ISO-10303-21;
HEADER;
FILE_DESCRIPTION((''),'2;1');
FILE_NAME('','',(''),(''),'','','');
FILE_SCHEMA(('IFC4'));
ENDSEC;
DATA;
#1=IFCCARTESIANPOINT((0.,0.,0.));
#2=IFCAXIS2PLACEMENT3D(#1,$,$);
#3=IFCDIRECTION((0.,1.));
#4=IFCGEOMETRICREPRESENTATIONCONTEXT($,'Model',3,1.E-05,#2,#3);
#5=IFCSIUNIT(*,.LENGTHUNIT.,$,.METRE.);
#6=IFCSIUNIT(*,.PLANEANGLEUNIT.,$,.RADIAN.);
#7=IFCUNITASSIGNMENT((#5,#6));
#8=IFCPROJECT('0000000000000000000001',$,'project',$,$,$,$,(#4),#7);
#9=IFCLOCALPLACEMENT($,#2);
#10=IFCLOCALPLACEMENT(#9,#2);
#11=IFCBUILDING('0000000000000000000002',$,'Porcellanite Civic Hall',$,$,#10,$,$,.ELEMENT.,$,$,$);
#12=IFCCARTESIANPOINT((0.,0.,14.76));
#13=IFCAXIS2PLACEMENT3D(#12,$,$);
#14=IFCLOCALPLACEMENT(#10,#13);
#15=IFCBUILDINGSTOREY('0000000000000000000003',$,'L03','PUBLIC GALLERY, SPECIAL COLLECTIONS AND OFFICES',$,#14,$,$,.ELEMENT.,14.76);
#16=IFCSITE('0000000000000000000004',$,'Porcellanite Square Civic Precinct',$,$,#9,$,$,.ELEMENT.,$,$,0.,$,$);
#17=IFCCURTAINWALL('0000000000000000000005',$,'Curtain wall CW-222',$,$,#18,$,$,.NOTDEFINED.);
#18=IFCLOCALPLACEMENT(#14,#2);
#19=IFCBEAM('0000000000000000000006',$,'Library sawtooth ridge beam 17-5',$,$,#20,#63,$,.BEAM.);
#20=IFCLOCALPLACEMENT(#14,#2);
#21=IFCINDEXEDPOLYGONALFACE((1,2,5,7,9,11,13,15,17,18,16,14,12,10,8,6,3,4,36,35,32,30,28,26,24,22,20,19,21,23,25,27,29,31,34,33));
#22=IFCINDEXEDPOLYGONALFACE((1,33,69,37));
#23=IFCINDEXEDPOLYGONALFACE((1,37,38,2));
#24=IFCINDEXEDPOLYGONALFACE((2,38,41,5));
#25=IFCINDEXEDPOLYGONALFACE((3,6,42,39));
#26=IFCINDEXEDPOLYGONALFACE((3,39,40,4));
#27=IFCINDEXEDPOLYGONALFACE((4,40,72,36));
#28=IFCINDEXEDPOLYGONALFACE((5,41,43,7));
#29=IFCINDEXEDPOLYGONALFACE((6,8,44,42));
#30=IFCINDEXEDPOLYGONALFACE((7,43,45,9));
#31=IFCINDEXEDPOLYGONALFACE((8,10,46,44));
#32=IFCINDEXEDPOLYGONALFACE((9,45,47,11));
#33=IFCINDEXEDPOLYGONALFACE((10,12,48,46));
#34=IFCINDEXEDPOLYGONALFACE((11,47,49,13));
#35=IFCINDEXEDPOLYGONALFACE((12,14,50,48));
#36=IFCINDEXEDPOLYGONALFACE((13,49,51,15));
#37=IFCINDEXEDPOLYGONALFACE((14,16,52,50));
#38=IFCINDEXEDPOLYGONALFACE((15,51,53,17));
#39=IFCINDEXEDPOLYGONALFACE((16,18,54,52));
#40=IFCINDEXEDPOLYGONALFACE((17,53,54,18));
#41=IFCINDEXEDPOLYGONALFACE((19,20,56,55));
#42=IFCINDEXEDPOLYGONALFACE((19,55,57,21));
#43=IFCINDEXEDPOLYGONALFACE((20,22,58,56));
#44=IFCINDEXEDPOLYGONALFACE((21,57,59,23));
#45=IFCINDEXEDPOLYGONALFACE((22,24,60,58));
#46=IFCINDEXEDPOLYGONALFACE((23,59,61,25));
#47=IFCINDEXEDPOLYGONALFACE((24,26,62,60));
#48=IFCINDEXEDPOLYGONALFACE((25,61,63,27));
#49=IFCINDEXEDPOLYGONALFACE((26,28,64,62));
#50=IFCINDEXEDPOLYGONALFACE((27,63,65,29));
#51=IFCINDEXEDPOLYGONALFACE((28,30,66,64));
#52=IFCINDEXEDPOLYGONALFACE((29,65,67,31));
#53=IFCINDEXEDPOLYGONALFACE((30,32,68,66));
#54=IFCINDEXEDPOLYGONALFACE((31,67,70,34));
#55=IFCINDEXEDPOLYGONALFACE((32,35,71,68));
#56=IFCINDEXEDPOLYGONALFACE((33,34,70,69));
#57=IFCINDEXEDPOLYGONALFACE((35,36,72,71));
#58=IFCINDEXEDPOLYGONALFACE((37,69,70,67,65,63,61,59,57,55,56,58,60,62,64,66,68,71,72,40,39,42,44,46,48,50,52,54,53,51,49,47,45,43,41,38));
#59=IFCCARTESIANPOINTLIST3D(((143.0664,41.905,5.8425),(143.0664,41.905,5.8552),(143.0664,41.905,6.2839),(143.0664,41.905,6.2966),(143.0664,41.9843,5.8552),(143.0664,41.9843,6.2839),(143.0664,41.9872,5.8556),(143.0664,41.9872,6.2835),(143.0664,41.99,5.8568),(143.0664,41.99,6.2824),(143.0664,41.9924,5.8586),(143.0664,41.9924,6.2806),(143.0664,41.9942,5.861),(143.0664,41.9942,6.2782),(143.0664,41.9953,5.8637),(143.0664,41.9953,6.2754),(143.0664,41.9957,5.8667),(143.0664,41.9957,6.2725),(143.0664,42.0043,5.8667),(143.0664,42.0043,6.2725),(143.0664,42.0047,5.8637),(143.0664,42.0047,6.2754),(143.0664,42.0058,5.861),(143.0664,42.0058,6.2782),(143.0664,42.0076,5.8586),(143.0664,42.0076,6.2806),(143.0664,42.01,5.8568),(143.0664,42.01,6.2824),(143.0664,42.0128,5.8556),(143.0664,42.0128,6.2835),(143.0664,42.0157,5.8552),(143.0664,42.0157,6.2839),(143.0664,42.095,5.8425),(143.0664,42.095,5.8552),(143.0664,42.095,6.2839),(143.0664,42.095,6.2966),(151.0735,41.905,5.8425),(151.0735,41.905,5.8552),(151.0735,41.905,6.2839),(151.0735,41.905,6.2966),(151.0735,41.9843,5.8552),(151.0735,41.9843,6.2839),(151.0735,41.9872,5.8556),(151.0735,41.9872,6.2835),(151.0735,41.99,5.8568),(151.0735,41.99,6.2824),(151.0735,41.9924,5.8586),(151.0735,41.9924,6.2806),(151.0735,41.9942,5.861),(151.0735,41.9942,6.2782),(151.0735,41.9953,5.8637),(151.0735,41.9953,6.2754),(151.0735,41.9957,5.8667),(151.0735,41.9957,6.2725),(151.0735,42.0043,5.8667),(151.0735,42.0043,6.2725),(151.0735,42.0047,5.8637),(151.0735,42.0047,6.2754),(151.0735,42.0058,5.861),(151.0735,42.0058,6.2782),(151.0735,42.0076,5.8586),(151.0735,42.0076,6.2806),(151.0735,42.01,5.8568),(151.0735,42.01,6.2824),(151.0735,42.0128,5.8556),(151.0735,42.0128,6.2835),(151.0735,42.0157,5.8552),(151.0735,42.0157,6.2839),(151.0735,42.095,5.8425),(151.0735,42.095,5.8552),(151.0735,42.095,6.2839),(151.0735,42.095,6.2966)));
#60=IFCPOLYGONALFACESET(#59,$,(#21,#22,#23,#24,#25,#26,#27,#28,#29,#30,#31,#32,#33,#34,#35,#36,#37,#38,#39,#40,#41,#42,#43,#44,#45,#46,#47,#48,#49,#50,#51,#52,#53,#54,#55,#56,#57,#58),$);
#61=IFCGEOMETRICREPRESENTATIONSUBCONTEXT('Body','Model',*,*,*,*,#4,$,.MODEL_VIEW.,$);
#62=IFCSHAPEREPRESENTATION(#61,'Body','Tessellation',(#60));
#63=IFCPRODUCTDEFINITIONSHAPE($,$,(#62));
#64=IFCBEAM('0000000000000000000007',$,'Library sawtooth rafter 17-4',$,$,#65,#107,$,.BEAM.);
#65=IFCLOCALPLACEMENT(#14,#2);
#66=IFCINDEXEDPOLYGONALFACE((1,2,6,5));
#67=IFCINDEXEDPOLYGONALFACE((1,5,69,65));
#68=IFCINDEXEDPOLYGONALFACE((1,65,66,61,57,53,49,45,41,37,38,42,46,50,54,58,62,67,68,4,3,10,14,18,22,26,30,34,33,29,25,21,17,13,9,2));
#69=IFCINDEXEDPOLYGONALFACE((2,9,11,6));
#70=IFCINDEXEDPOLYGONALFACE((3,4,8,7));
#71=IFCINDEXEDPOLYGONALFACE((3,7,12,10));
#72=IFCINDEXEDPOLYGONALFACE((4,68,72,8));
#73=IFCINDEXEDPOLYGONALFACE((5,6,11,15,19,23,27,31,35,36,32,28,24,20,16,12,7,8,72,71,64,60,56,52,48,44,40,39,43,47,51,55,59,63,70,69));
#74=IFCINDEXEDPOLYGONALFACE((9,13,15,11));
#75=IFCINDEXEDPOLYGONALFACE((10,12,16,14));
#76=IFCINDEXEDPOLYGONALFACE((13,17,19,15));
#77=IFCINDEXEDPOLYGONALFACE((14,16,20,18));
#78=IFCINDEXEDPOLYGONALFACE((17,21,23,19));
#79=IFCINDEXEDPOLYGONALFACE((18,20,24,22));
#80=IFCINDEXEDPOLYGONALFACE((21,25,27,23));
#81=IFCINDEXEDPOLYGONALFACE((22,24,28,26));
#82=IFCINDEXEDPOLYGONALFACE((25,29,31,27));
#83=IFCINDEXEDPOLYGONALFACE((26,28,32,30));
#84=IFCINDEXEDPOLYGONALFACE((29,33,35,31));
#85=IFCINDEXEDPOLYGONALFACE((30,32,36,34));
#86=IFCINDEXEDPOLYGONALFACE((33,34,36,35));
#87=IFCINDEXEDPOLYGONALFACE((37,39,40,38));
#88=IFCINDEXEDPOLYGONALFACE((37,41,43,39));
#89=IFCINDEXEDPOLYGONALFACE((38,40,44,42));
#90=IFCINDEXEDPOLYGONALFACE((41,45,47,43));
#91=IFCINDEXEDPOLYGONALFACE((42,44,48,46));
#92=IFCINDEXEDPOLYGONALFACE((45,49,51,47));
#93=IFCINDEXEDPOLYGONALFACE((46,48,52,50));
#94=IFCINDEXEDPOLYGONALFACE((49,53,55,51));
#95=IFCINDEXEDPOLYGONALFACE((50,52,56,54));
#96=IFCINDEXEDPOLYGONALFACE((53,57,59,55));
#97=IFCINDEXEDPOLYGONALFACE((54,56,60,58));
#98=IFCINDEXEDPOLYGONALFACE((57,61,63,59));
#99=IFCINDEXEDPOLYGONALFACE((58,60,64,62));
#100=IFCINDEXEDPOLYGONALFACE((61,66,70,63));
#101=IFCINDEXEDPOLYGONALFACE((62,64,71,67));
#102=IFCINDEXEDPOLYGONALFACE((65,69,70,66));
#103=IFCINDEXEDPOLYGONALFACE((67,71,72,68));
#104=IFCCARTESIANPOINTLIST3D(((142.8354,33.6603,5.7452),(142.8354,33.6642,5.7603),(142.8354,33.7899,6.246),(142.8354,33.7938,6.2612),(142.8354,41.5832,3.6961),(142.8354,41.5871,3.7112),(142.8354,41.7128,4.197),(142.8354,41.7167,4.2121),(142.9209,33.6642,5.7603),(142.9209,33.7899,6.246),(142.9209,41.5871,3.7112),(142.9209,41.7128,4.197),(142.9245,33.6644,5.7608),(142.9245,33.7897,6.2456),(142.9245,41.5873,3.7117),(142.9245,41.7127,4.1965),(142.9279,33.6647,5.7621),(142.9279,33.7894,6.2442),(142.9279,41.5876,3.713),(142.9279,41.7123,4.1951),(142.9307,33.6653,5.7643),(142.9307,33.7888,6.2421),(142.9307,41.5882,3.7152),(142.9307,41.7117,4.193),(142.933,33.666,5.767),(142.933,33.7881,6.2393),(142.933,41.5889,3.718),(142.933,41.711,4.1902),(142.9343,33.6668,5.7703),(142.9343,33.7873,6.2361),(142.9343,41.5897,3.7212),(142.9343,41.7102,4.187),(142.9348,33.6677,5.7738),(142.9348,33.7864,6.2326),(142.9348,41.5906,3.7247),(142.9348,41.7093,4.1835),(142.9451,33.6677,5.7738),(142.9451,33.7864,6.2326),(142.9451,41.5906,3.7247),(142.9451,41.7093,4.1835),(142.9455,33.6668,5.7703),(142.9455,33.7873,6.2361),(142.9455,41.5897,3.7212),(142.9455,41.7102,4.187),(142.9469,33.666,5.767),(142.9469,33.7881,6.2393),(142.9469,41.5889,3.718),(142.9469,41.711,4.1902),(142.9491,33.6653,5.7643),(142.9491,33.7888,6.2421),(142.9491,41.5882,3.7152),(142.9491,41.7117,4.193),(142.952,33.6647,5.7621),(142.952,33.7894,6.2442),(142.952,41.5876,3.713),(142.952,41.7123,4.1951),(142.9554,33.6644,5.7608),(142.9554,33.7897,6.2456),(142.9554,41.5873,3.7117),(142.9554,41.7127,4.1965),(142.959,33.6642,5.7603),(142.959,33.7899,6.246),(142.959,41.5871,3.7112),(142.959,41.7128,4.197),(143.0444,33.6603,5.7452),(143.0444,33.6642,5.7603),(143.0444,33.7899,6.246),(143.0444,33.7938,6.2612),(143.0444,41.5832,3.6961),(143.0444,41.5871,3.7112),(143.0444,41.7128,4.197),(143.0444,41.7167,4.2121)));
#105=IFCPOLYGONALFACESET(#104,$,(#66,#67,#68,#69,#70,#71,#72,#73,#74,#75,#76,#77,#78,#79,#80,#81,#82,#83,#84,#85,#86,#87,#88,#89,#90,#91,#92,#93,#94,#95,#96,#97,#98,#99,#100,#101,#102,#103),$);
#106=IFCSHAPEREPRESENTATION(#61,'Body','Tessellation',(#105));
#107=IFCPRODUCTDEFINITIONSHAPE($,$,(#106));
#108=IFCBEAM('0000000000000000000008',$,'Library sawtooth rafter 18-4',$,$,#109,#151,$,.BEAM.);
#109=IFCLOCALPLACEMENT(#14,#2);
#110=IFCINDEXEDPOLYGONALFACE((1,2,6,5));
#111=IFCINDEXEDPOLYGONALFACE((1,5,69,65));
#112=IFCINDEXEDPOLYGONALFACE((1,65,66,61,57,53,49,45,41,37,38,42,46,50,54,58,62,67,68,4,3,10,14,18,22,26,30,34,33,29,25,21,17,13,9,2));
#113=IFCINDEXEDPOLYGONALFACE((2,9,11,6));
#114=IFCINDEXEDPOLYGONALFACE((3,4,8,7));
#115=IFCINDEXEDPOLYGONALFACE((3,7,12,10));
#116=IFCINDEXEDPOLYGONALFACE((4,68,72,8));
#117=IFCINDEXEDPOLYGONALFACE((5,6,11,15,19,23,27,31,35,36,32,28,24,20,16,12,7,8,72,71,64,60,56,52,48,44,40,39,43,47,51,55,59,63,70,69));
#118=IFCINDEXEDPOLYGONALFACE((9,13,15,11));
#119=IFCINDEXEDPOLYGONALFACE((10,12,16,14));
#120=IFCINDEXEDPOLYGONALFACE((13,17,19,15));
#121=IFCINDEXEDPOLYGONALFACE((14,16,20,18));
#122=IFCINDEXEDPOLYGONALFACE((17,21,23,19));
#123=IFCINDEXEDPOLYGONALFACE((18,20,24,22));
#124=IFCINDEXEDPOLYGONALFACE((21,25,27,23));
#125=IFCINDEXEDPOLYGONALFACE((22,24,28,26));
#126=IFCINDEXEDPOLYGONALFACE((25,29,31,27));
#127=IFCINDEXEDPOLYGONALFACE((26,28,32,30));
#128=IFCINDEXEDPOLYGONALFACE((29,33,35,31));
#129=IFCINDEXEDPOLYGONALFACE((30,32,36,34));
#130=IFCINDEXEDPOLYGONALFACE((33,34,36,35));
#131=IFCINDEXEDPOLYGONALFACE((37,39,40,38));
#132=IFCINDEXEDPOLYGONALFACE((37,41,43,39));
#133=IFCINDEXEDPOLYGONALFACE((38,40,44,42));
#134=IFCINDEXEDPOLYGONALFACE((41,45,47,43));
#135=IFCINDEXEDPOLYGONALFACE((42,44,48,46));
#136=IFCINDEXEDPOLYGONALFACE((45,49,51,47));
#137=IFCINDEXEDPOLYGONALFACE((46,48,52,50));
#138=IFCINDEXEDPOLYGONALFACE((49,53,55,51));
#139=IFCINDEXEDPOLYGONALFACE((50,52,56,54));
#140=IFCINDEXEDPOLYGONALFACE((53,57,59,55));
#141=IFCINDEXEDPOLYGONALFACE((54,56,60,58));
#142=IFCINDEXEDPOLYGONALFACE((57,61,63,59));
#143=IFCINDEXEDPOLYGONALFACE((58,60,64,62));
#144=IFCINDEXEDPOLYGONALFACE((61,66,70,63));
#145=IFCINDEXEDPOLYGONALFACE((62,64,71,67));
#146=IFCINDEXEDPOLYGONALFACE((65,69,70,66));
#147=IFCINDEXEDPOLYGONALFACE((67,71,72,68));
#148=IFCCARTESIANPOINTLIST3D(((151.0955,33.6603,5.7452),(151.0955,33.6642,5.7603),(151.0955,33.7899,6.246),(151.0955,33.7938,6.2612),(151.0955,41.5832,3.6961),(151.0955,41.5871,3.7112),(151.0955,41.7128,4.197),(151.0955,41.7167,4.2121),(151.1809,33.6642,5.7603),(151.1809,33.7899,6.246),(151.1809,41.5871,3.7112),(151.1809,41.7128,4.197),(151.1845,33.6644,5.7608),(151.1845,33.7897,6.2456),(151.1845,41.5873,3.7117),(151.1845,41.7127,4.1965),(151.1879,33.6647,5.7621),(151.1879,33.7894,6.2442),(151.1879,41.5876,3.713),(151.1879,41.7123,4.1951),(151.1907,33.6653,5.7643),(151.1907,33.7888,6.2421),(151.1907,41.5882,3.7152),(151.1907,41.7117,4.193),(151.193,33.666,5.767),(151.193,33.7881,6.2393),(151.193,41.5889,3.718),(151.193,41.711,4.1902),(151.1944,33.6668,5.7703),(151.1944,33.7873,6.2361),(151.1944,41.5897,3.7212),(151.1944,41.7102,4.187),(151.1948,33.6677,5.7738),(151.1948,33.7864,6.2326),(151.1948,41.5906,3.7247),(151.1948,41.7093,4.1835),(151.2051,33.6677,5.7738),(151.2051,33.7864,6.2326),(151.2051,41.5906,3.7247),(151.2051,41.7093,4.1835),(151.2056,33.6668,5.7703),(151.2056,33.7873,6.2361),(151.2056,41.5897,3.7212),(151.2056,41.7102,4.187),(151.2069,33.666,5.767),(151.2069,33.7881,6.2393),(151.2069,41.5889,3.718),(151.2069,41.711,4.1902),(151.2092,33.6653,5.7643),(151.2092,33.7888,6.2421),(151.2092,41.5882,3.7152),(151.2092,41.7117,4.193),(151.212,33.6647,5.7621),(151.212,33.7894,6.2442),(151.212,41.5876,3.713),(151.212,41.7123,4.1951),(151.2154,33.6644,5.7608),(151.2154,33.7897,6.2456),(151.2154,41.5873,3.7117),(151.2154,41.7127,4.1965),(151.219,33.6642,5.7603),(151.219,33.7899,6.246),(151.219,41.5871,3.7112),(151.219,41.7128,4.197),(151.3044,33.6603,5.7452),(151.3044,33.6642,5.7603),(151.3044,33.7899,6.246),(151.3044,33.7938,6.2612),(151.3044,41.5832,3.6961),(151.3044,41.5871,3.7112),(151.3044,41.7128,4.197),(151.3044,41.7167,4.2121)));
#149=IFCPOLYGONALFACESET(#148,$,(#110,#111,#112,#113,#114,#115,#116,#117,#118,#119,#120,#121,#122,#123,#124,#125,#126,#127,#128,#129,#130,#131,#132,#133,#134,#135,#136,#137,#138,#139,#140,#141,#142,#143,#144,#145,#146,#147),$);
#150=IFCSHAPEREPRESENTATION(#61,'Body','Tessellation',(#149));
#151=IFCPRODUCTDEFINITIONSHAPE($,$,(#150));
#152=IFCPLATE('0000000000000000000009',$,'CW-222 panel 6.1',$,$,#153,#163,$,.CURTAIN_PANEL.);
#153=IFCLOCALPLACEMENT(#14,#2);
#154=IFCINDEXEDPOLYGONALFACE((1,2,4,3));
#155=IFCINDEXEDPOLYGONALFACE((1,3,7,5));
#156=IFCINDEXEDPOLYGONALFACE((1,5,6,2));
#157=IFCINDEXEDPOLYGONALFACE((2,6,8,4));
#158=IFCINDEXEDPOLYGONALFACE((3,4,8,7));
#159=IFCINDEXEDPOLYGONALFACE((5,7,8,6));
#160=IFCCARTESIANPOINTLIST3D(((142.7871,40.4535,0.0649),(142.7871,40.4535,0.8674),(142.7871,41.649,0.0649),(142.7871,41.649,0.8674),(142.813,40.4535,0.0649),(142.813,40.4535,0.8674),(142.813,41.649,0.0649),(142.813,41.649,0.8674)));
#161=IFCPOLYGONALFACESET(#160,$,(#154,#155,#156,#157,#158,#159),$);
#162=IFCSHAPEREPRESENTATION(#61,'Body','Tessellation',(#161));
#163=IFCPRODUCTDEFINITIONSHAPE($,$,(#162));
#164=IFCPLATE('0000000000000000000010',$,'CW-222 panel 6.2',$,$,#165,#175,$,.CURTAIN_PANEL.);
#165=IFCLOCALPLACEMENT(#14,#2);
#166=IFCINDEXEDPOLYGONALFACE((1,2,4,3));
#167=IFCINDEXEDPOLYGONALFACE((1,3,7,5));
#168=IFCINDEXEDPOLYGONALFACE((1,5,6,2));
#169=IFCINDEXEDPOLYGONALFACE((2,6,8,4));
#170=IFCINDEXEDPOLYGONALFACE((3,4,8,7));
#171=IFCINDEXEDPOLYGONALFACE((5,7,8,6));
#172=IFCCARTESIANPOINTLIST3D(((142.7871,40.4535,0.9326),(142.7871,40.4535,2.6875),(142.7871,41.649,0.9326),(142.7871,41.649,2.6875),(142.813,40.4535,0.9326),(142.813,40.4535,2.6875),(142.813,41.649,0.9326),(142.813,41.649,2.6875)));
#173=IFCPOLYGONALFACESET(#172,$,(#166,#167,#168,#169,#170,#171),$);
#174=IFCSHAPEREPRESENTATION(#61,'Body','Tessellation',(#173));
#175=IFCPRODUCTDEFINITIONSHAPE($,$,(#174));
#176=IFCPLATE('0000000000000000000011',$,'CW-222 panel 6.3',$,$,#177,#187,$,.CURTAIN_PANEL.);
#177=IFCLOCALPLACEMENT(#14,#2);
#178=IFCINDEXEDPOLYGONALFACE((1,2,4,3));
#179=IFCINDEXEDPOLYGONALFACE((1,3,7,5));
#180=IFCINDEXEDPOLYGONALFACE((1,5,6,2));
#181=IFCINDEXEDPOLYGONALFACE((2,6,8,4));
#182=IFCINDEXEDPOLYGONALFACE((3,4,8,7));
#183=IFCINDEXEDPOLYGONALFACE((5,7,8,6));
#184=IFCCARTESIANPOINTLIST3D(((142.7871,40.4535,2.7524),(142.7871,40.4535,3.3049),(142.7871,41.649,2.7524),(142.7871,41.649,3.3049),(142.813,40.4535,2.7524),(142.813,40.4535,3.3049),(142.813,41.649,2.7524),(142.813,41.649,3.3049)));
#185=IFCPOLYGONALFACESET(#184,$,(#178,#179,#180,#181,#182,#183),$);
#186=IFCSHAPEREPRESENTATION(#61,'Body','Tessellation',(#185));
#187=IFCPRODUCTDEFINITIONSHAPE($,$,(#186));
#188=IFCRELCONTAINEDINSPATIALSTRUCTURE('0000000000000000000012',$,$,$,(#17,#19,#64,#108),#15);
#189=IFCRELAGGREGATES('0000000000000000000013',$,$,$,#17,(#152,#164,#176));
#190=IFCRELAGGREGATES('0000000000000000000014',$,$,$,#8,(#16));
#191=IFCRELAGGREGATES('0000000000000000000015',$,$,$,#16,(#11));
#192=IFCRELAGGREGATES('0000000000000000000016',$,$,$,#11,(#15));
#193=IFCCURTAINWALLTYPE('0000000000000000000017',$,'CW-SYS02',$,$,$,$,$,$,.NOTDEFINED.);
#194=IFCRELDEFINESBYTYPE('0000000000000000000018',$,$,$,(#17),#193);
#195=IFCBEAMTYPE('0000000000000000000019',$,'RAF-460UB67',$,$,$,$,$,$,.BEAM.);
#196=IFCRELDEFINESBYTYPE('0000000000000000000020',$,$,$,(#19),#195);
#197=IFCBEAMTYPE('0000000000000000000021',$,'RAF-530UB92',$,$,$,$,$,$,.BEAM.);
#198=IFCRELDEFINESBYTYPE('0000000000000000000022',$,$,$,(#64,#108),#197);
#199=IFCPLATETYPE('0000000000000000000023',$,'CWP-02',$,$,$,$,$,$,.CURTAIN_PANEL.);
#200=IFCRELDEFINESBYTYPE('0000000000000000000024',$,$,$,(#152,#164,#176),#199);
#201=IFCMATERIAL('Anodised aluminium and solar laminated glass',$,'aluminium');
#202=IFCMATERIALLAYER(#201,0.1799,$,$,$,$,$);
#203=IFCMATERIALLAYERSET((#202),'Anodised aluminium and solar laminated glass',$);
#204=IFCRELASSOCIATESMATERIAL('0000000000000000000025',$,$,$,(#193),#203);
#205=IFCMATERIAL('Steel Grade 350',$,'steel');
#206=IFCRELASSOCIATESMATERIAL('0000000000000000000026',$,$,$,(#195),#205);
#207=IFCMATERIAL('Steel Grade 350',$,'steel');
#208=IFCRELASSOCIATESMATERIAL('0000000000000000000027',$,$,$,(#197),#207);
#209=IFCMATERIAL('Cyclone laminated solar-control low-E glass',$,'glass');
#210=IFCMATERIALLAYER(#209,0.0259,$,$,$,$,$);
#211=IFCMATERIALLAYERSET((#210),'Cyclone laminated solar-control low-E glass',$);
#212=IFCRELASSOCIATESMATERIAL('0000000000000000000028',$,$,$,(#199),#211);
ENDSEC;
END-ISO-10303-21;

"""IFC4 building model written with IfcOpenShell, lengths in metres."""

from ifc_helpers import new_model, si_unit, direction, frame, origin, origin_2d, place, context, subcontext, project, spatial, rectangle, i_section, extrude, material, layer, layer_set, material_profile, profile_set, type_object, element, aggregate, save


model = new_model("IFC4")

# Units and contexts
model_context = context("Model", 3, precision=1e-05, world=origin(), true_north=direction((0.0, 1.0)))
body_context = subcontext(model_context, "Body", "Model", "MODEL_VIEW")
ifc_project = project(units=[si_unit("LENGTHUNIT", "METRE"), si_unit("PLANEANGLEUNIT", "RADIAN")], contexts=[model_context])

# Site, building, storey
site_placement = place(None, origin())
site = spatial("IfcSite", under=ifc_project, at=site_placement, Name="Porcellanite Square Civic Precinct", CompositionType="ELEMENT", RefElevation=0.0)
building_placement = place(site_placement, origin())
building = spatial("IfcBuilding", under=site, at=building_placement, Name="Porcellanite Civic Hall", CompositionType="ELEMENT")
storey_placement = place(building_placement, frame((0.0, 0.0, 14.76)))
storey = spatial("IfcBuildingStorey", under=building, at=storey_placement, Name="L03", Description="PUBLIC GALLERY, SPECIAL COLLECTIONS AND OFFICES", CompositionType="ELEMENT", Elevation=14.76)

# Curtain wall
ifc_material_1 = material(Name="Anodised aluminium and solar laminated glass", Category="aluminium")
ifc_layer_1 = layer(ifc_material_1, 0.1799)
ifc_layer_set_1 = layer_set([ifc_layer_1], Name="Anodised aluminium and solar laminated glass")
curtain_wall_type = type_object("IfcCurtainWallType", Name="CW-SYS02", PredefinedType="NOTDEFINED", material=ifc_layer_set_1)
curtain_wall_placement = place(storey_placement, origin())
curtain_wall = element("IfcCurtainWall", 1, at=curtain_wall_placement, inside=storey, type_object=curtain_wall_type, Name="Curtain wall CW-222", PredefinedType="NOTDEFINED")

# Beams
ifc_material_2 = material(Name="Steel Grade 350", Category="steel")
ifc_material_profile_1 = material_profile(ifc_material_2, i_section(OverallWidth=0.1899, OverallDepth=0.4541, WebThickness=0.0085, FlangeThickness=0.0127, FilletRadius=0.0115, at=origin_2d()), Name="460UB67.1")
ifc_profile_set_1 = profile_set([ifc_material_profile_1], Name="Steel Grade 350")
beam_type_1 = type_object("IfcBeamType", Name="RAF-460UB67", PredefinedType="BEAM", material=ifc_profile_set_1)
beam_1_placement = place(storey_placement, frame((143.0664, 42.0, 6.0696), z_axis=(1.0, 0.0, 0.0), x_axis=(0.0, 1.0, 0.0)))
element("IfcBeam", 2, at=beam_1_placement, inside=storey, type_object=beam_type_1, Name="Library sawtooth ridge beam 17-5", PredefinedType="BEAM", context=body_context, shape_type="SweptSolid", body=[
    extrude(i_section(OverallWidth=0.1899, OverallDepth=0.4541, WebThickness=0.0085, FlangeThickness=0.0127, FilletRadius=0.0115, at=origin_2d()), origin(), (0.0, 0.0, 1.0), 8.0071),
])
ifc_material_3 = material(Name="Steel Grade 350", Category="steel")
ifc_material_profile_2 = material_profile(ifc_material_3, i_section(OverallWidth=0.209, OverallDepth=0.533, WebThickness=0.0103, FlangeThickness=0.0156, FilletRadius=0.0139, at=origin_2d()), Name="530UB92.4")
ifc_profile_set_2 = profile_set([ifc_material_profile_2], Name="Steel Grade 350")
beam_type_2 = type_object("IfcBeamType", Name="RAF-530UB92", PredefinedType="BEAM", material=ifc_profile_set_2)
for number, where, z_axis, x_axis, name in (
    (3, (142.9399, 33.7271, 6.0032), (0.0, 0.968145, -0.25039), (-1.0, 0.0, 0.0), "Library sawtooth rafter 17-4"),
    (4, (151.2, 33.7271, 6.0032), (0.0, 0.968145, -0.25039), (-1.0, 0.0, 0.0), "Library sawtooth rafter 18-4"),
):
    element("IfcBeam", number, at=place(storey_placement, frame(where, z_axis=z_axis, x_axis=x_axis)), inside=storey, type_object=beam_type_2, Name=name, PredefinedType="BEAM", context=body_context, shape_type="SweptSolid", body=[
        extrude(i_section(OverallWidth=0.209, OverallDepth=0.533, WebThickness=0.0103, FlangeThickness=0.0156, FilletRadius=0.0139, at=origin_2d()), origin(), (0.0, 0.0, 1.0), 8.1836),
    ])

# Plates
ifc_material_4 = material(Name="Cyclone laminated solar-control low-E glass", Category="glass")
ifc_layer_2 = layer(ifc_material_4, 0.0259)
ifc_layer_set_2 = layer_set([ifc_layer_2], Name="Cyclone laminated solar-control low-E glass")
plate_type = type_object("IfcPlateType", Name="CWP-02", PredefinedType="CURTAIN_PANEL", material=ifc_layer_set_2)
plate_1_placement = place(storey_placement, frame((142.8, 41.0513, 0.0649), z_axis=(0.0, 0.0, 1.0), x_axis=(0.0, 1.0, 0.0)))
plate_1 = element("IfcPlate", 5, at=plate_1_placement, type_object=plate_type, Name="CW-222 panel 6.1", PredefinedType="CURTAIN_PANEL", context=body_context, shape_type="SweptSolid", body=[
    extrude(rectangle(XDim=1.1956, YDim=0.0259, at=origin_2d()), origin(), (0.0, 0.0, 1.0), 0.8025),
])
plate_2_placement = place(storey_placement, frame((142.8, 41.0513, 0.9326), z_axis=(0.0, 0.0, 1.0), x_axis=(0.0, 1.0, 0.0)))
plate_2 = element("IfcPlate", 6, at=plate_2_placement, type_object=plate_type, Name="CW-222 panel 6.2", PredefinedType="CURTAIN_PANEL", context=body_context, shape_type="SweptSolid", body=[
    extrude(rectangle(XDim=1.1956, YDim=0.0259, at=origin_2d()), origin(), (0.0, 0.0, 1.0), 1.7549),
])
plate_3_placement = place(storey_placement, frame((142.8, 41.0513, 2.7524), z_axis=(0.0, 0.0, 1.0), x_axis=(0.0, 1.0, 0.0)))
plate_3 = element("IfcPlate", 7, at=plate_3_placement, type_object=plate_type, Name="CW-222 panel 6.3", PredefinedType="CURTAIN_PANEL", context=body_context, shape_type="SweptSolid", body=[
    extrude(rectangle(XDim=1.1956, YDim=0.0259, at=origin_2d()), origin(), (0.0, 0.0, 1.0), 0.5525),
])
aggregate(curtain_wall, [plate_1, plate_2, plate_3])

save(model, "model.ifc")
